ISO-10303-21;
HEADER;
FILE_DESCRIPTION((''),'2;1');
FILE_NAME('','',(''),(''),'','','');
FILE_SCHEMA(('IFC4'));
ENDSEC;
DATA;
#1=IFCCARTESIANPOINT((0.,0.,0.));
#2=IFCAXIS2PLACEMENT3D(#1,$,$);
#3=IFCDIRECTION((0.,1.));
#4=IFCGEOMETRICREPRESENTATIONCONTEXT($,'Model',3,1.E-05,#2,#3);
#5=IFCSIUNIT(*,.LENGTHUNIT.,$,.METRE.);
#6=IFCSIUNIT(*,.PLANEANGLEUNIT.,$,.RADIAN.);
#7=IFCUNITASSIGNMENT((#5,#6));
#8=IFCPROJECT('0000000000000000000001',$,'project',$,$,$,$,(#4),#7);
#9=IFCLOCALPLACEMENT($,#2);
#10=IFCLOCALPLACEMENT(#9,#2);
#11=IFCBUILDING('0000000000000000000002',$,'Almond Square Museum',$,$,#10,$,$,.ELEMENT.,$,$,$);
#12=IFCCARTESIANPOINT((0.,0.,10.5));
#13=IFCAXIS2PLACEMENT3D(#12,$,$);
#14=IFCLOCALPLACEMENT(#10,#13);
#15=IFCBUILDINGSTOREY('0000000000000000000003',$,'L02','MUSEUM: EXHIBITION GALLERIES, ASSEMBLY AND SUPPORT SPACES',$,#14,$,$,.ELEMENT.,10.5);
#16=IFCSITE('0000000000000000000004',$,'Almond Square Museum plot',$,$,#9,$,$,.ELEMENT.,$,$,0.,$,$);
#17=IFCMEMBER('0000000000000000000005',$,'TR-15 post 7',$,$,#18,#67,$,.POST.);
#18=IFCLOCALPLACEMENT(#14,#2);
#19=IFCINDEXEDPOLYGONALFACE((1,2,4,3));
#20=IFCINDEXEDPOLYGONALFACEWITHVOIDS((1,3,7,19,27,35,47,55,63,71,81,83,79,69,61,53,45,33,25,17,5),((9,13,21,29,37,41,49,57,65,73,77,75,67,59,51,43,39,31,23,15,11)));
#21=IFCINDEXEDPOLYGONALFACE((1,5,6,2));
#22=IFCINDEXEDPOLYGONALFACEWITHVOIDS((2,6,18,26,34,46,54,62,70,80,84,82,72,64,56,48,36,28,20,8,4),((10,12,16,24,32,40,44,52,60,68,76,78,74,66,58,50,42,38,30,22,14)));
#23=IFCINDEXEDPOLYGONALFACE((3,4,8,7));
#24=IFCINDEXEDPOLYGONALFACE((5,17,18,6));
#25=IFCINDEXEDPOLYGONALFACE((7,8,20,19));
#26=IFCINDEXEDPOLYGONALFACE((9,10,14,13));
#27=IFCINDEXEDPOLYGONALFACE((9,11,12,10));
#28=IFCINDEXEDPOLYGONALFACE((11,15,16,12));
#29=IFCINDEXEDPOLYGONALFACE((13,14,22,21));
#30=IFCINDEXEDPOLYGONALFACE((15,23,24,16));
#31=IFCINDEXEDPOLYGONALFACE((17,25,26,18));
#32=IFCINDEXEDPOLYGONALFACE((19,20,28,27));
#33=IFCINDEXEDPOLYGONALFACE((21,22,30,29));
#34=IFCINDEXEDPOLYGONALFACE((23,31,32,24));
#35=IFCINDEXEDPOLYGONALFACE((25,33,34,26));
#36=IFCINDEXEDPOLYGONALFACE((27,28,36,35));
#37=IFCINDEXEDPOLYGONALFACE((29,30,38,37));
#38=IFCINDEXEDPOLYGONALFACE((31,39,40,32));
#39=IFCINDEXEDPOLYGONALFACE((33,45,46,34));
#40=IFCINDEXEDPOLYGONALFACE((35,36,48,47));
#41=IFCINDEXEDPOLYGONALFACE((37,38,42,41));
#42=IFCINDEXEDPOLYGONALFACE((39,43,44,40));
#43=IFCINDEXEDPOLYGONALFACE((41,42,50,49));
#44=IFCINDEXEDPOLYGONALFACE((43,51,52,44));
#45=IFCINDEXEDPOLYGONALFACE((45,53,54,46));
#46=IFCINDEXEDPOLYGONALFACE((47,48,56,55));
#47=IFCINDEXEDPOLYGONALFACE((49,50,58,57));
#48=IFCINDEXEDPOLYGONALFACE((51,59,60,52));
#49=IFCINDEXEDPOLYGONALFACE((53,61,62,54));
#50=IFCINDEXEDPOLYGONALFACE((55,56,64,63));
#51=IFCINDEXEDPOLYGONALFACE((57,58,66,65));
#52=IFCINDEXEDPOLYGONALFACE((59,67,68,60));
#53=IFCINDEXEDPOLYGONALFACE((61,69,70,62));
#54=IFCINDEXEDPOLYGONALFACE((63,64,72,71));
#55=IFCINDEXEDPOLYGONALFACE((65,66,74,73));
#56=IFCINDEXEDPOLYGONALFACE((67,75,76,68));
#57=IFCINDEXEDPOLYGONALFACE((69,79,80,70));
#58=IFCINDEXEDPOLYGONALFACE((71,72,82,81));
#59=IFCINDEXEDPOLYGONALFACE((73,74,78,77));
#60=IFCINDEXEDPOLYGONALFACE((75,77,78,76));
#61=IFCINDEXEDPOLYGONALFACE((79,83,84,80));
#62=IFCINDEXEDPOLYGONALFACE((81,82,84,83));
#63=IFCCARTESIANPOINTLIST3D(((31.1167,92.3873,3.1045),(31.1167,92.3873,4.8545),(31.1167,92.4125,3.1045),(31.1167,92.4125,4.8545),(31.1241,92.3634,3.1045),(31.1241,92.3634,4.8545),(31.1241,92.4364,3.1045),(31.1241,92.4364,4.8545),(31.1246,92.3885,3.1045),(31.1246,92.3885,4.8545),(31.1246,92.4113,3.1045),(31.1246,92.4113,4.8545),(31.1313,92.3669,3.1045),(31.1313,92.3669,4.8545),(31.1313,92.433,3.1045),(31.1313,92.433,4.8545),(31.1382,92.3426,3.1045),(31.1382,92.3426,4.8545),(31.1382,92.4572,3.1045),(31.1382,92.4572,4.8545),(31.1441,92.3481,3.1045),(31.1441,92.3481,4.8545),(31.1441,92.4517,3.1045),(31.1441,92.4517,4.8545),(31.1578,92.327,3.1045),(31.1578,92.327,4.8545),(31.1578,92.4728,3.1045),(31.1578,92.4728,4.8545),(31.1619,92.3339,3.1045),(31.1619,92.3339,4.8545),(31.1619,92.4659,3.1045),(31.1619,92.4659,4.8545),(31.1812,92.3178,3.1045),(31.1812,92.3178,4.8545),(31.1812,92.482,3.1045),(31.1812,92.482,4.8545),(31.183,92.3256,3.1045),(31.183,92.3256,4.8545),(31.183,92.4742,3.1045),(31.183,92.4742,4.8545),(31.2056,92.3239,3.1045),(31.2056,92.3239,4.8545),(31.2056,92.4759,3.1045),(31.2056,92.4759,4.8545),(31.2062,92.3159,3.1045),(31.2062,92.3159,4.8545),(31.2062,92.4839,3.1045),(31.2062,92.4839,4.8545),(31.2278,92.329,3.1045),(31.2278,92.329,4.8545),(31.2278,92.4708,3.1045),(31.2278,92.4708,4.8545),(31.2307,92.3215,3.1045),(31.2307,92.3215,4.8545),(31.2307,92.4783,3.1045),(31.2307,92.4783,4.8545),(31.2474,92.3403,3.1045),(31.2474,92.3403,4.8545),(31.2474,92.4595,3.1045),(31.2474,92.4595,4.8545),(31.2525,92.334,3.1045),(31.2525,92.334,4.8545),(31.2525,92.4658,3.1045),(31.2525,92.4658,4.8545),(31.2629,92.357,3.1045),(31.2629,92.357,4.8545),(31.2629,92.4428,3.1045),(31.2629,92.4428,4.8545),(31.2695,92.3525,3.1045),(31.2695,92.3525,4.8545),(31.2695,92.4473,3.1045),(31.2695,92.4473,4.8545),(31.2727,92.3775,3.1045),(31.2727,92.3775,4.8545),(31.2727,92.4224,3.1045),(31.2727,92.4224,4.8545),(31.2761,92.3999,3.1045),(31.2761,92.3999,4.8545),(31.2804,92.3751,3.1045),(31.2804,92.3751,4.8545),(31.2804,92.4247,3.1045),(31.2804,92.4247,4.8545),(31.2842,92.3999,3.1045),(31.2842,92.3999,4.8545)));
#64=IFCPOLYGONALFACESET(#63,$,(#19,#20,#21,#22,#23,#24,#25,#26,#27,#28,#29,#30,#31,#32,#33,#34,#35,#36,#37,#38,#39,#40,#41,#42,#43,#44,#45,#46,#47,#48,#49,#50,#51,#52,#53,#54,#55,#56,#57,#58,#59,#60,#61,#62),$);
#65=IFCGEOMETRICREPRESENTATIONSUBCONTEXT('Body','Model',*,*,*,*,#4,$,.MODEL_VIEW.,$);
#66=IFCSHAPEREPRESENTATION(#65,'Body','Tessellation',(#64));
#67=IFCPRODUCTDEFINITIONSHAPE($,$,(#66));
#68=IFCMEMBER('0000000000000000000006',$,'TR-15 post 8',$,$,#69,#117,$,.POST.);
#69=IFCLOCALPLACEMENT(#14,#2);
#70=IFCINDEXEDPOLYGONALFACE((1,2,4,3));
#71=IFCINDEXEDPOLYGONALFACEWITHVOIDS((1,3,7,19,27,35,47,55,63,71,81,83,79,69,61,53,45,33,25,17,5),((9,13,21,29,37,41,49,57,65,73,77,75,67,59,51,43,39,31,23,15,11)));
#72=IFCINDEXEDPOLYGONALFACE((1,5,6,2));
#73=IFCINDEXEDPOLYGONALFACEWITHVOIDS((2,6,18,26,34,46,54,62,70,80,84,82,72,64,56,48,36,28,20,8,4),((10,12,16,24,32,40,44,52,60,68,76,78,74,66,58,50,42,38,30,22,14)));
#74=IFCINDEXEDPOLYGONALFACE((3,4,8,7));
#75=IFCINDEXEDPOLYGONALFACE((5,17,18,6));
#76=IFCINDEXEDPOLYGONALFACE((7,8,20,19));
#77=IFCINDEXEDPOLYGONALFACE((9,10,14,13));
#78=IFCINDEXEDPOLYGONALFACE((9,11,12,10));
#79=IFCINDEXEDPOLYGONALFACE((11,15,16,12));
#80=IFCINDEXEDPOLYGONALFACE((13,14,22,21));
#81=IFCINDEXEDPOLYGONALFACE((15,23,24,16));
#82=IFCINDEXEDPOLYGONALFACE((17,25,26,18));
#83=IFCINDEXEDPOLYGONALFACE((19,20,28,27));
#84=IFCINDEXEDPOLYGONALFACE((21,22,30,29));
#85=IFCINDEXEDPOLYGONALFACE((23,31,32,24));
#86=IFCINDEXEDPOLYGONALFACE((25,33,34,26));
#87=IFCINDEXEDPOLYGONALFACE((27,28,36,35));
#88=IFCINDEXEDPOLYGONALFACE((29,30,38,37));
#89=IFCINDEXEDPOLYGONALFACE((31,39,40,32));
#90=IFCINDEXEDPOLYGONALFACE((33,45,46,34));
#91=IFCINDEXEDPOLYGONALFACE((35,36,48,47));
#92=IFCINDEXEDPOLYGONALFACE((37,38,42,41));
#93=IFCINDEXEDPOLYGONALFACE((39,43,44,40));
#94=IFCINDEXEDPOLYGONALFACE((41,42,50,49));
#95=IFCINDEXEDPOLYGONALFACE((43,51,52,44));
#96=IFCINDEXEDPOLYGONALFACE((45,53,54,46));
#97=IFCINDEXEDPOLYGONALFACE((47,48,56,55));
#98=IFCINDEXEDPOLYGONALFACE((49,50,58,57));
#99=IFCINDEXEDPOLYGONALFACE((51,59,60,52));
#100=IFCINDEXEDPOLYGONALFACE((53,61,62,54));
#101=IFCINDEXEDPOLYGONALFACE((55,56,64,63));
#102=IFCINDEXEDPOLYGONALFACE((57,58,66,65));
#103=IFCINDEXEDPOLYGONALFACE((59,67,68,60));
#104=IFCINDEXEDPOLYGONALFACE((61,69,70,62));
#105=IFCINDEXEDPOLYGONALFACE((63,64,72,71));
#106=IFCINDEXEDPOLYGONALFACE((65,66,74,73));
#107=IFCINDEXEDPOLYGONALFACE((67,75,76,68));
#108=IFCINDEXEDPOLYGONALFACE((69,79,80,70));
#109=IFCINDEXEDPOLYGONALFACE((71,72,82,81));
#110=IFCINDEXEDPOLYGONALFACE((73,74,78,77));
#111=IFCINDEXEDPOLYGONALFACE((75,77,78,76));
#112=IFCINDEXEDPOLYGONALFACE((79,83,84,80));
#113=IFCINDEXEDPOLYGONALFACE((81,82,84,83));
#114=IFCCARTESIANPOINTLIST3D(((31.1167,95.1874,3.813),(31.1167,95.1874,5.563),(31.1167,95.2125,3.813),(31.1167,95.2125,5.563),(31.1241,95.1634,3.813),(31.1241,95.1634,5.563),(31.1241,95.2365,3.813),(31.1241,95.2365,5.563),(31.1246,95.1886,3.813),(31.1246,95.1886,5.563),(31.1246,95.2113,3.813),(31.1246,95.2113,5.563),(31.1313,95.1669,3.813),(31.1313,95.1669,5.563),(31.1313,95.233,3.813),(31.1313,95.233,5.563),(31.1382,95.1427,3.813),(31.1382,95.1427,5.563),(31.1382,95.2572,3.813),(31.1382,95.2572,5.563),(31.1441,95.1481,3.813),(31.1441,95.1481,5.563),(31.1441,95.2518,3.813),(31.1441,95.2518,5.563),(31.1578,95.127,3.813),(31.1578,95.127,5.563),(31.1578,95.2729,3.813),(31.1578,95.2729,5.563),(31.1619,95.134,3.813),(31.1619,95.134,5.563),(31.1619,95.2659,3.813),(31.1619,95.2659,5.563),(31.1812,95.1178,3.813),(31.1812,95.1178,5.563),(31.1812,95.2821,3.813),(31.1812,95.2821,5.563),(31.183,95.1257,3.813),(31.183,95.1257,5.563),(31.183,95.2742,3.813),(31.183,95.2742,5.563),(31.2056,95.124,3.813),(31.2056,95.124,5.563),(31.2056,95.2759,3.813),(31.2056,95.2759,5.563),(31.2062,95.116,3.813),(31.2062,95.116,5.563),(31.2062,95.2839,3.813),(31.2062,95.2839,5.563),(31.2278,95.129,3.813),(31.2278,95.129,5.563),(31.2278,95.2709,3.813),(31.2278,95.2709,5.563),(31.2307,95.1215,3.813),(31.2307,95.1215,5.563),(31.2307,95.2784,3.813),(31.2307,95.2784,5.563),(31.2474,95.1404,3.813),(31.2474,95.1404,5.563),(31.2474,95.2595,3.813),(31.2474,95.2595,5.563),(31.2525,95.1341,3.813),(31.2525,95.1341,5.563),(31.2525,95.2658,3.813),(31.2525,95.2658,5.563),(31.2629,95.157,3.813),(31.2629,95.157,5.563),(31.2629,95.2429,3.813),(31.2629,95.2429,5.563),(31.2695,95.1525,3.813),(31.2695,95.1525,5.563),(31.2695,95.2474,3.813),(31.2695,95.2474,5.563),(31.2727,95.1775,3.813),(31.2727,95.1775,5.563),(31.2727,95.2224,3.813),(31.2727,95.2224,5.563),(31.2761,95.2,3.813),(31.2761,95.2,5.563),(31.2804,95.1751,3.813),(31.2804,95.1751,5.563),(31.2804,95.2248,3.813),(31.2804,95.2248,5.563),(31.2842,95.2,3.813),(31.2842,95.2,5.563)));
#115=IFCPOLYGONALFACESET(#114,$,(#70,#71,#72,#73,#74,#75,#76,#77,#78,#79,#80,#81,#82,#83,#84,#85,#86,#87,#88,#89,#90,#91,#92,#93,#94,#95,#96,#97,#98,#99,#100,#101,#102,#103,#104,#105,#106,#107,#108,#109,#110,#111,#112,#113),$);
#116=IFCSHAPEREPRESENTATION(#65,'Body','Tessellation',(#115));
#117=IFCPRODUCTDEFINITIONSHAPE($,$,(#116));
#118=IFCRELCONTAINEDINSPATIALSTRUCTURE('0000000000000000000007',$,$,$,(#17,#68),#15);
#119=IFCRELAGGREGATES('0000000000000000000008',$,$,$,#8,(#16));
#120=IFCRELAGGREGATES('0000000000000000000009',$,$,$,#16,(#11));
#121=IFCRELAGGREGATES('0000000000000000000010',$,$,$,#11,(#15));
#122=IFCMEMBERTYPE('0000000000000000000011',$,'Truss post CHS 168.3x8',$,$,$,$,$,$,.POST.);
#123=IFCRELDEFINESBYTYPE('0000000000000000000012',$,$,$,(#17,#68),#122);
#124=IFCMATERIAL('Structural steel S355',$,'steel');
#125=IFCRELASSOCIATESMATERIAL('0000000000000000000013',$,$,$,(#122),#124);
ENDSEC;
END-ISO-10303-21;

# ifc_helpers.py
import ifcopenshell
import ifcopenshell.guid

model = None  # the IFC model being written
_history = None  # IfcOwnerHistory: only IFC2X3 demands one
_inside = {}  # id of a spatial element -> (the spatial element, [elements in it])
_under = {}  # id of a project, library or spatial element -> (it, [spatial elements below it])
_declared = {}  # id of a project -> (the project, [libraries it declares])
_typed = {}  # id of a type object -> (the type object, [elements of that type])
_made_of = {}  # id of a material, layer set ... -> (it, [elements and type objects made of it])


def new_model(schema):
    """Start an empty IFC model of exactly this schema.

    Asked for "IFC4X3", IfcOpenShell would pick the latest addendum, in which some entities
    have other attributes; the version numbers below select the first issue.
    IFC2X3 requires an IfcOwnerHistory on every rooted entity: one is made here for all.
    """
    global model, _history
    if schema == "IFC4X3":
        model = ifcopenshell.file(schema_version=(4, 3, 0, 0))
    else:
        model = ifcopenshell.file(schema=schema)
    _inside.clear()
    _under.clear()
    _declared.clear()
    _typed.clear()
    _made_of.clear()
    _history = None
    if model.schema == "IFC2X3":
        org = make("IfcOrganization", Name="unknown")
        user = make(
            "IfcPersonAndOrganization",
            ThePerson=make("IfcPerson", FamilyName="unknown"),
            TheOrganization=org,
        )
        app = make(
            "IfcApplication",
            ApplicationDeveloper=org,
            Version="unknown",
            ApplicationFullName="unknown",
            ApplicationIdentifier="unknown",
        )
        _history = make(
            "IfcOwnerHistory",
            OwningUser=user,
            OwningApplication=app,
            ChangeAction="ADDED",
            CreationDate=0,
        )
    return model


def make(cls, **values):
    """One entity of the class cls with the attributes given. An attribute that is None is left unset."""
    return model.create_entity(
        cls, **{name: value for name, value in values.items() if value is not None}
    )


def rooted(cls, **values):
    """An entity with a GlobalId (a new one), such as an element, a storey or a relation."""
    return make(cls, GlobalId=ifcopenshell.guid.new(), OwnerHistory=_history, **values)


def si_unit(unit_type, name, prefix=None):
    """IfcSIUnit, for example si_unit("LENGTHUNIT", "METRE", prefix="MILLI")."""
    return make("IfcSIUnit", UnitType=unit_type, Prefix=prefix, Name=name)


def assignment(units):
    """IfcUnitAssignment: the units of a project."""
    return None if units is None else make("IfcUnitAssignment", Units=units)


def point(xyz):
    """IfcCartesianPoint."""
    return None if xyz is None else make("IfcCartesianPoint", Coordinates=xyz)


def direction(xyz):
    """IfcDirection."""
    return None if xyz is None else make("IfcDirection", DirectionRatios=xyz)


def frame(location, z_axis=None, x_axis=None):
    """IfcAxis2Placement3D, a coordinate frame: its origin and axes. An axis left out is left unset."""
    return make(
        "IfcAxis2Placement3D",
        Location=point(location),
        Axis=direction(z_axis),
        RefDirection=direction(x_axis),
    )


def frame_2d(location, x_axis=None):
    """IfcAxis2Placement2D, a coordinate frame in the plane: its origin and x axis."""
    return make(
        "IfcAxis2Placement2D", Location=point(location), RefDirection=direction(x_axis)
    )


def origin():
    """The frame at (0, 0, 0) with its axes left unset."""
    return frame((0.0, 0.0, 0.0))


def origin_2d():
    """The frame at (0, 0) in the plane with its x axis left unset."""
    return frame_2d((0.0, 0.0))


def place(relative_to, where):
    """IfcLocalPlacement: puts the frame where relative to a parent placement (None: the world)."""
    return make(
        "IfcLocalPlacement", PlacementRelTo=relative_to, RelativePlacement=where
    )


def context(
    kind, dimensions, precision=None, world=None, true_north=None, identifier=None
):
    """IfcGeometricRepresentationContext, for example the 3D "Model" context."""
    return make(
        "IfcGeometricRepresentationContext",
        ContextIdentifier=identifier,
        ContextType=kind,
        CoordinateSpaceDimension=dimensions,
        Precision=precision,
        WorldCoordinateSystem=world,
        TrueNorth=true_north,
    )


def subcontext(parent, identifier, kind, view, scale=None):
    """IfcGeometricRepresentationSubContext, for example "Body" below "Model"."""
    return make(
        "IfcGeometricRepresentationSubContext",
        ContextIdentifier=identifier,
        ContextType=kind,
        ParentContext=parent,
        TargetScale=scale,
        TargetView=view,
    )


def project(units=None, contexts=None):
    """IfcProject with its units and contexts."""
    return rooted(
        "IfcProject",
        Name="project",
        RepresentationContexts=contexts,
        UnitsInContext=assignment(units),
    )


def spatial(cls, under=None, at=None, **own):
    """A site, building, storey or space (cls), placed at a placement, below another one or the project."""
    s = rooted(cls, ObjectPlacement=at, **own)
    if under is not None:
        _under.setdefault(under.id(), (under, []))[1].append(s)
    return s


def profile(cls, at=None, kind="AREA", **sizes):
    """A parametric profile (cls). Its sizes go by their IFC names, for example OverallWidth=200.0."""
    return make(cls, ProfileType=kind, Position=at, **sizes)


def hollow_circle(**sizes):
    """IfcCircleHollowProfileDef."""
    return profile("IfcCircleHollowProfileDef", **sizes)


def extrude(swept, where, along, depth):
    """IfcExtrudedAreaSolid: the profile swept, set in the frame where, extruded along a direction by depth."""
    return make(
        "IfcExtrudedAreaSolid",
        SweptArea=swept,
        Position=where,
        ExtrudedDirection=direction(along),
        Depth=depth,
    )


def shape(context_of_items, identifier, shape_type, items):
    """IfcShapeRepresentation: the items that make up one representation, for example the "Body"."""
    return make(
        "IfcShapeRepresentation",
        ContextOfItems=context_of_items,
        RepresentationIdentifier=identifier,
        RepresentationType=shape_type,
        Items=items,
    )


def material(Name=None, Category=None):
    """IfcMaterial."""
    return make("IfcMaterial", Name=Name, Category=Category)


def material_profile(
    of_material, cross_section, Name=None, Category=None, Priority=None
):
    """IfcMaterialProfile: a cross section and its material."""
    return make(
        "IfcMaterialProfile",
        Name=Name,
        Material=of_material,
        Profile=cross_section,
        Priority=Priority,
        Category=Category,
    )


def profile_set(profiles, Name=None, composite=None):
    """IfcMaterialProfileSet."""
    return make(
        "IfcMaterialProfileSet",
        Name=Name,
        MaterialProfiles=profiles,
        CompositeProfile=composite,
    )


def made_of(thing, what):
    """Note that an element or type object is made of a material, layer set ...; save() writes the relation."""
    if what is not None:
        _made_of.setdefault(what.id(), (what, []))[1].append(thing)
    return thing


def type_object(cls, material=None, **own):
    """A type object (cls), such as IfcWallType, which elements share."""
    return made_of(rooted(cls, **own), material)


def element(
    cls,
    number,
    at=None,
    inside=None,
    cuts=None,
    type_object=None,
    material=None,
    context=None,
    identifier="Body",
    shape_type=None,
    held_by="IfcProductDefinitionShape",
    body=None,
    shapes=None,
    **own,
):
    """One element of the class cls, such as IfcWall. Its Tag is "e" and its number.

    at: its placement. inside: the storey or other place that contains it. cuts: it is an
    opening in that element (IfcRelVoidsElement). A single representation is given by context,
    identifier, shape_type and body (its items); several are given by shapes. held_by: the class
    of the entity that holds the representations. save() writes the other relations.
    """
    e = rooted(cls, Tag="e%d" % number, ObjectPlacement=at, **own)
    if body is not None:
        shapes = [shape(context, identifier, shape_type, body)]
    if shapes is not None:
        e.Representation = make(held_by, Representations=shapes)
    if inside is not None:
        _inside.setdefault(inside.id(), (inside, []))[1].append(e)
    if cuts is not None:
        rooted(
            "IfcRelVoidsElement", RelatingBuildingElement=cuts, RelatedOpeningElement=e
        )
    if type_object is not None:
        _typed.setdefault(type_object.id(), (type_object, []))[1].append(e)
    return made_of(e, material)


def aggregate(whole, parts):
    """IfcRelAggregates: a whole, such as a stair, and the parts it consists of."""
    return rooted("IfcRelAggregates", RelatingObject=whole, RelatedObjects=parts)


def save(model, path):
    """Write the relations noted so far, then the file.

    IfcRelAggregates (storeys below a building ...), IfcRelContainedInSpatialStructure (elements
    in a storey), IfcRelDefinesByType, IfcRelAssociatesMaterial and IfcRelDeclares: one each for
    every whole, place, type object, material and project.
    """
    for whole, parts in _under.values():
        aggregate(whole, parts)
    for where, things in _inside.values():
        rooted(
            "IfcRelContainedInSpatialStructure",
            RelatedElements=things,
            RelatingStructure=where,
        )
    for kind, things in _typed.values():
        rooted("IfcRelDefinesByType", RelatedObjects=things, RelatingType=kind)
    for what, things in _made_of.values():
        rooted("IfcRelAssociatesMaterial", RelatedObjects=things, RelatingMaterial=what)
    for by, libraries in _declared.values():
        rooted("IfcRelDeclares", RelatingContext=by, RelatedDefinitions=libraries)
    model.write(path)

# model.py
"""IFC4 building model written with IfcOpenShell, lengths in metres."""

from ifc_helpers import new_model, si_unit, direction, frame, origin, origin_2d, place, context, subcontext, project, spatial, hollow_circle, extrude, material, material_profile, profile_set, type_object, element, save


model = new_model("IFC4")

# Units and contexts
model_context = context("Model", 3, precision=1e-05, world=origin(), true_north=direction((0.0, 1.0)))
body_context = subcontext(model_context, "Body", "Model", "MODEL_VIEW")
ifc_project = project(units=[si_unit("LENGTHUNIT", "METRE"), si_unit("PLANEANGLEUNIT", "RADIAN")], contexts=[model_context])

# Site, building, storey
site_placement = place(None, origin())
site = spatial("IfcSite", under=ifc_project, at=site_placement, Name="Almond Square Museum plot", CompositionType="ELEMENT", RefElevation=0.0)
building_placement = place(site_placement, origin())
building = spatial("IfcBuilding", under=site, at=building_placement, Name="Almond Square Museum", CompositionType="ELEMENT")
storey_placement = place(building_placement, frame((0.0, 0.0, 10.5)))
storey = spatial("IfcBuildingStorey", under=building, at=storey_placement, Name="L02", Description="MUSEUM: EXHIBITION GALLERIES, ASSEMBLY AND SUPPORT SPACES", CompositionType="ELEMENT", Elevation=10.5)

# Members
ifc_material_1 = material(Name="Structural steel S355", Category="steel")
ifc_material_profile_1 = material_profile(ifc_material_1, hollow_circle(Radius=0.0842, WallThickness=0.0081, at=origin_2d()))
ifc_profile_set_1 = profile_set([ifc_material_profile_1], Name="Structural steel S355")
member_type_1 = type_object("IfcMemberType", Name="Truss post CHS 168.3x8", PredefinedType="POST", material=ifc_profile_set_1)
for number, where, z_axis, x_axis, name in (
    (1, (31.2, 92.3999, 3.1045), (0.0, 0.0, 1.0), (1.0, 0.0, 0.0), "TR-15 post 7"),
    (2, (31.2, 95.2, 3.813), (0.0, 0.0, 1.0), (1.0, 0.0, 0.0), "TR-15 post 8"),
):
    element("IfcMember", number, at=place(storey_placement, frame(where, z_axis=z_axis, x_axis=x_axis)), inside=storey, type_object=member_type_1, Name=name, PredefinedType="POST", context=body_context, shape_type="SweptSolid", body=[
        extrude(hollow_circle(Radius=0.0842, WallThickness=0.0081, at=origin_2d()), origin(), (0.0, 0.0, 1.0), 1.75),
    ])

save(model, "model.ifc")
